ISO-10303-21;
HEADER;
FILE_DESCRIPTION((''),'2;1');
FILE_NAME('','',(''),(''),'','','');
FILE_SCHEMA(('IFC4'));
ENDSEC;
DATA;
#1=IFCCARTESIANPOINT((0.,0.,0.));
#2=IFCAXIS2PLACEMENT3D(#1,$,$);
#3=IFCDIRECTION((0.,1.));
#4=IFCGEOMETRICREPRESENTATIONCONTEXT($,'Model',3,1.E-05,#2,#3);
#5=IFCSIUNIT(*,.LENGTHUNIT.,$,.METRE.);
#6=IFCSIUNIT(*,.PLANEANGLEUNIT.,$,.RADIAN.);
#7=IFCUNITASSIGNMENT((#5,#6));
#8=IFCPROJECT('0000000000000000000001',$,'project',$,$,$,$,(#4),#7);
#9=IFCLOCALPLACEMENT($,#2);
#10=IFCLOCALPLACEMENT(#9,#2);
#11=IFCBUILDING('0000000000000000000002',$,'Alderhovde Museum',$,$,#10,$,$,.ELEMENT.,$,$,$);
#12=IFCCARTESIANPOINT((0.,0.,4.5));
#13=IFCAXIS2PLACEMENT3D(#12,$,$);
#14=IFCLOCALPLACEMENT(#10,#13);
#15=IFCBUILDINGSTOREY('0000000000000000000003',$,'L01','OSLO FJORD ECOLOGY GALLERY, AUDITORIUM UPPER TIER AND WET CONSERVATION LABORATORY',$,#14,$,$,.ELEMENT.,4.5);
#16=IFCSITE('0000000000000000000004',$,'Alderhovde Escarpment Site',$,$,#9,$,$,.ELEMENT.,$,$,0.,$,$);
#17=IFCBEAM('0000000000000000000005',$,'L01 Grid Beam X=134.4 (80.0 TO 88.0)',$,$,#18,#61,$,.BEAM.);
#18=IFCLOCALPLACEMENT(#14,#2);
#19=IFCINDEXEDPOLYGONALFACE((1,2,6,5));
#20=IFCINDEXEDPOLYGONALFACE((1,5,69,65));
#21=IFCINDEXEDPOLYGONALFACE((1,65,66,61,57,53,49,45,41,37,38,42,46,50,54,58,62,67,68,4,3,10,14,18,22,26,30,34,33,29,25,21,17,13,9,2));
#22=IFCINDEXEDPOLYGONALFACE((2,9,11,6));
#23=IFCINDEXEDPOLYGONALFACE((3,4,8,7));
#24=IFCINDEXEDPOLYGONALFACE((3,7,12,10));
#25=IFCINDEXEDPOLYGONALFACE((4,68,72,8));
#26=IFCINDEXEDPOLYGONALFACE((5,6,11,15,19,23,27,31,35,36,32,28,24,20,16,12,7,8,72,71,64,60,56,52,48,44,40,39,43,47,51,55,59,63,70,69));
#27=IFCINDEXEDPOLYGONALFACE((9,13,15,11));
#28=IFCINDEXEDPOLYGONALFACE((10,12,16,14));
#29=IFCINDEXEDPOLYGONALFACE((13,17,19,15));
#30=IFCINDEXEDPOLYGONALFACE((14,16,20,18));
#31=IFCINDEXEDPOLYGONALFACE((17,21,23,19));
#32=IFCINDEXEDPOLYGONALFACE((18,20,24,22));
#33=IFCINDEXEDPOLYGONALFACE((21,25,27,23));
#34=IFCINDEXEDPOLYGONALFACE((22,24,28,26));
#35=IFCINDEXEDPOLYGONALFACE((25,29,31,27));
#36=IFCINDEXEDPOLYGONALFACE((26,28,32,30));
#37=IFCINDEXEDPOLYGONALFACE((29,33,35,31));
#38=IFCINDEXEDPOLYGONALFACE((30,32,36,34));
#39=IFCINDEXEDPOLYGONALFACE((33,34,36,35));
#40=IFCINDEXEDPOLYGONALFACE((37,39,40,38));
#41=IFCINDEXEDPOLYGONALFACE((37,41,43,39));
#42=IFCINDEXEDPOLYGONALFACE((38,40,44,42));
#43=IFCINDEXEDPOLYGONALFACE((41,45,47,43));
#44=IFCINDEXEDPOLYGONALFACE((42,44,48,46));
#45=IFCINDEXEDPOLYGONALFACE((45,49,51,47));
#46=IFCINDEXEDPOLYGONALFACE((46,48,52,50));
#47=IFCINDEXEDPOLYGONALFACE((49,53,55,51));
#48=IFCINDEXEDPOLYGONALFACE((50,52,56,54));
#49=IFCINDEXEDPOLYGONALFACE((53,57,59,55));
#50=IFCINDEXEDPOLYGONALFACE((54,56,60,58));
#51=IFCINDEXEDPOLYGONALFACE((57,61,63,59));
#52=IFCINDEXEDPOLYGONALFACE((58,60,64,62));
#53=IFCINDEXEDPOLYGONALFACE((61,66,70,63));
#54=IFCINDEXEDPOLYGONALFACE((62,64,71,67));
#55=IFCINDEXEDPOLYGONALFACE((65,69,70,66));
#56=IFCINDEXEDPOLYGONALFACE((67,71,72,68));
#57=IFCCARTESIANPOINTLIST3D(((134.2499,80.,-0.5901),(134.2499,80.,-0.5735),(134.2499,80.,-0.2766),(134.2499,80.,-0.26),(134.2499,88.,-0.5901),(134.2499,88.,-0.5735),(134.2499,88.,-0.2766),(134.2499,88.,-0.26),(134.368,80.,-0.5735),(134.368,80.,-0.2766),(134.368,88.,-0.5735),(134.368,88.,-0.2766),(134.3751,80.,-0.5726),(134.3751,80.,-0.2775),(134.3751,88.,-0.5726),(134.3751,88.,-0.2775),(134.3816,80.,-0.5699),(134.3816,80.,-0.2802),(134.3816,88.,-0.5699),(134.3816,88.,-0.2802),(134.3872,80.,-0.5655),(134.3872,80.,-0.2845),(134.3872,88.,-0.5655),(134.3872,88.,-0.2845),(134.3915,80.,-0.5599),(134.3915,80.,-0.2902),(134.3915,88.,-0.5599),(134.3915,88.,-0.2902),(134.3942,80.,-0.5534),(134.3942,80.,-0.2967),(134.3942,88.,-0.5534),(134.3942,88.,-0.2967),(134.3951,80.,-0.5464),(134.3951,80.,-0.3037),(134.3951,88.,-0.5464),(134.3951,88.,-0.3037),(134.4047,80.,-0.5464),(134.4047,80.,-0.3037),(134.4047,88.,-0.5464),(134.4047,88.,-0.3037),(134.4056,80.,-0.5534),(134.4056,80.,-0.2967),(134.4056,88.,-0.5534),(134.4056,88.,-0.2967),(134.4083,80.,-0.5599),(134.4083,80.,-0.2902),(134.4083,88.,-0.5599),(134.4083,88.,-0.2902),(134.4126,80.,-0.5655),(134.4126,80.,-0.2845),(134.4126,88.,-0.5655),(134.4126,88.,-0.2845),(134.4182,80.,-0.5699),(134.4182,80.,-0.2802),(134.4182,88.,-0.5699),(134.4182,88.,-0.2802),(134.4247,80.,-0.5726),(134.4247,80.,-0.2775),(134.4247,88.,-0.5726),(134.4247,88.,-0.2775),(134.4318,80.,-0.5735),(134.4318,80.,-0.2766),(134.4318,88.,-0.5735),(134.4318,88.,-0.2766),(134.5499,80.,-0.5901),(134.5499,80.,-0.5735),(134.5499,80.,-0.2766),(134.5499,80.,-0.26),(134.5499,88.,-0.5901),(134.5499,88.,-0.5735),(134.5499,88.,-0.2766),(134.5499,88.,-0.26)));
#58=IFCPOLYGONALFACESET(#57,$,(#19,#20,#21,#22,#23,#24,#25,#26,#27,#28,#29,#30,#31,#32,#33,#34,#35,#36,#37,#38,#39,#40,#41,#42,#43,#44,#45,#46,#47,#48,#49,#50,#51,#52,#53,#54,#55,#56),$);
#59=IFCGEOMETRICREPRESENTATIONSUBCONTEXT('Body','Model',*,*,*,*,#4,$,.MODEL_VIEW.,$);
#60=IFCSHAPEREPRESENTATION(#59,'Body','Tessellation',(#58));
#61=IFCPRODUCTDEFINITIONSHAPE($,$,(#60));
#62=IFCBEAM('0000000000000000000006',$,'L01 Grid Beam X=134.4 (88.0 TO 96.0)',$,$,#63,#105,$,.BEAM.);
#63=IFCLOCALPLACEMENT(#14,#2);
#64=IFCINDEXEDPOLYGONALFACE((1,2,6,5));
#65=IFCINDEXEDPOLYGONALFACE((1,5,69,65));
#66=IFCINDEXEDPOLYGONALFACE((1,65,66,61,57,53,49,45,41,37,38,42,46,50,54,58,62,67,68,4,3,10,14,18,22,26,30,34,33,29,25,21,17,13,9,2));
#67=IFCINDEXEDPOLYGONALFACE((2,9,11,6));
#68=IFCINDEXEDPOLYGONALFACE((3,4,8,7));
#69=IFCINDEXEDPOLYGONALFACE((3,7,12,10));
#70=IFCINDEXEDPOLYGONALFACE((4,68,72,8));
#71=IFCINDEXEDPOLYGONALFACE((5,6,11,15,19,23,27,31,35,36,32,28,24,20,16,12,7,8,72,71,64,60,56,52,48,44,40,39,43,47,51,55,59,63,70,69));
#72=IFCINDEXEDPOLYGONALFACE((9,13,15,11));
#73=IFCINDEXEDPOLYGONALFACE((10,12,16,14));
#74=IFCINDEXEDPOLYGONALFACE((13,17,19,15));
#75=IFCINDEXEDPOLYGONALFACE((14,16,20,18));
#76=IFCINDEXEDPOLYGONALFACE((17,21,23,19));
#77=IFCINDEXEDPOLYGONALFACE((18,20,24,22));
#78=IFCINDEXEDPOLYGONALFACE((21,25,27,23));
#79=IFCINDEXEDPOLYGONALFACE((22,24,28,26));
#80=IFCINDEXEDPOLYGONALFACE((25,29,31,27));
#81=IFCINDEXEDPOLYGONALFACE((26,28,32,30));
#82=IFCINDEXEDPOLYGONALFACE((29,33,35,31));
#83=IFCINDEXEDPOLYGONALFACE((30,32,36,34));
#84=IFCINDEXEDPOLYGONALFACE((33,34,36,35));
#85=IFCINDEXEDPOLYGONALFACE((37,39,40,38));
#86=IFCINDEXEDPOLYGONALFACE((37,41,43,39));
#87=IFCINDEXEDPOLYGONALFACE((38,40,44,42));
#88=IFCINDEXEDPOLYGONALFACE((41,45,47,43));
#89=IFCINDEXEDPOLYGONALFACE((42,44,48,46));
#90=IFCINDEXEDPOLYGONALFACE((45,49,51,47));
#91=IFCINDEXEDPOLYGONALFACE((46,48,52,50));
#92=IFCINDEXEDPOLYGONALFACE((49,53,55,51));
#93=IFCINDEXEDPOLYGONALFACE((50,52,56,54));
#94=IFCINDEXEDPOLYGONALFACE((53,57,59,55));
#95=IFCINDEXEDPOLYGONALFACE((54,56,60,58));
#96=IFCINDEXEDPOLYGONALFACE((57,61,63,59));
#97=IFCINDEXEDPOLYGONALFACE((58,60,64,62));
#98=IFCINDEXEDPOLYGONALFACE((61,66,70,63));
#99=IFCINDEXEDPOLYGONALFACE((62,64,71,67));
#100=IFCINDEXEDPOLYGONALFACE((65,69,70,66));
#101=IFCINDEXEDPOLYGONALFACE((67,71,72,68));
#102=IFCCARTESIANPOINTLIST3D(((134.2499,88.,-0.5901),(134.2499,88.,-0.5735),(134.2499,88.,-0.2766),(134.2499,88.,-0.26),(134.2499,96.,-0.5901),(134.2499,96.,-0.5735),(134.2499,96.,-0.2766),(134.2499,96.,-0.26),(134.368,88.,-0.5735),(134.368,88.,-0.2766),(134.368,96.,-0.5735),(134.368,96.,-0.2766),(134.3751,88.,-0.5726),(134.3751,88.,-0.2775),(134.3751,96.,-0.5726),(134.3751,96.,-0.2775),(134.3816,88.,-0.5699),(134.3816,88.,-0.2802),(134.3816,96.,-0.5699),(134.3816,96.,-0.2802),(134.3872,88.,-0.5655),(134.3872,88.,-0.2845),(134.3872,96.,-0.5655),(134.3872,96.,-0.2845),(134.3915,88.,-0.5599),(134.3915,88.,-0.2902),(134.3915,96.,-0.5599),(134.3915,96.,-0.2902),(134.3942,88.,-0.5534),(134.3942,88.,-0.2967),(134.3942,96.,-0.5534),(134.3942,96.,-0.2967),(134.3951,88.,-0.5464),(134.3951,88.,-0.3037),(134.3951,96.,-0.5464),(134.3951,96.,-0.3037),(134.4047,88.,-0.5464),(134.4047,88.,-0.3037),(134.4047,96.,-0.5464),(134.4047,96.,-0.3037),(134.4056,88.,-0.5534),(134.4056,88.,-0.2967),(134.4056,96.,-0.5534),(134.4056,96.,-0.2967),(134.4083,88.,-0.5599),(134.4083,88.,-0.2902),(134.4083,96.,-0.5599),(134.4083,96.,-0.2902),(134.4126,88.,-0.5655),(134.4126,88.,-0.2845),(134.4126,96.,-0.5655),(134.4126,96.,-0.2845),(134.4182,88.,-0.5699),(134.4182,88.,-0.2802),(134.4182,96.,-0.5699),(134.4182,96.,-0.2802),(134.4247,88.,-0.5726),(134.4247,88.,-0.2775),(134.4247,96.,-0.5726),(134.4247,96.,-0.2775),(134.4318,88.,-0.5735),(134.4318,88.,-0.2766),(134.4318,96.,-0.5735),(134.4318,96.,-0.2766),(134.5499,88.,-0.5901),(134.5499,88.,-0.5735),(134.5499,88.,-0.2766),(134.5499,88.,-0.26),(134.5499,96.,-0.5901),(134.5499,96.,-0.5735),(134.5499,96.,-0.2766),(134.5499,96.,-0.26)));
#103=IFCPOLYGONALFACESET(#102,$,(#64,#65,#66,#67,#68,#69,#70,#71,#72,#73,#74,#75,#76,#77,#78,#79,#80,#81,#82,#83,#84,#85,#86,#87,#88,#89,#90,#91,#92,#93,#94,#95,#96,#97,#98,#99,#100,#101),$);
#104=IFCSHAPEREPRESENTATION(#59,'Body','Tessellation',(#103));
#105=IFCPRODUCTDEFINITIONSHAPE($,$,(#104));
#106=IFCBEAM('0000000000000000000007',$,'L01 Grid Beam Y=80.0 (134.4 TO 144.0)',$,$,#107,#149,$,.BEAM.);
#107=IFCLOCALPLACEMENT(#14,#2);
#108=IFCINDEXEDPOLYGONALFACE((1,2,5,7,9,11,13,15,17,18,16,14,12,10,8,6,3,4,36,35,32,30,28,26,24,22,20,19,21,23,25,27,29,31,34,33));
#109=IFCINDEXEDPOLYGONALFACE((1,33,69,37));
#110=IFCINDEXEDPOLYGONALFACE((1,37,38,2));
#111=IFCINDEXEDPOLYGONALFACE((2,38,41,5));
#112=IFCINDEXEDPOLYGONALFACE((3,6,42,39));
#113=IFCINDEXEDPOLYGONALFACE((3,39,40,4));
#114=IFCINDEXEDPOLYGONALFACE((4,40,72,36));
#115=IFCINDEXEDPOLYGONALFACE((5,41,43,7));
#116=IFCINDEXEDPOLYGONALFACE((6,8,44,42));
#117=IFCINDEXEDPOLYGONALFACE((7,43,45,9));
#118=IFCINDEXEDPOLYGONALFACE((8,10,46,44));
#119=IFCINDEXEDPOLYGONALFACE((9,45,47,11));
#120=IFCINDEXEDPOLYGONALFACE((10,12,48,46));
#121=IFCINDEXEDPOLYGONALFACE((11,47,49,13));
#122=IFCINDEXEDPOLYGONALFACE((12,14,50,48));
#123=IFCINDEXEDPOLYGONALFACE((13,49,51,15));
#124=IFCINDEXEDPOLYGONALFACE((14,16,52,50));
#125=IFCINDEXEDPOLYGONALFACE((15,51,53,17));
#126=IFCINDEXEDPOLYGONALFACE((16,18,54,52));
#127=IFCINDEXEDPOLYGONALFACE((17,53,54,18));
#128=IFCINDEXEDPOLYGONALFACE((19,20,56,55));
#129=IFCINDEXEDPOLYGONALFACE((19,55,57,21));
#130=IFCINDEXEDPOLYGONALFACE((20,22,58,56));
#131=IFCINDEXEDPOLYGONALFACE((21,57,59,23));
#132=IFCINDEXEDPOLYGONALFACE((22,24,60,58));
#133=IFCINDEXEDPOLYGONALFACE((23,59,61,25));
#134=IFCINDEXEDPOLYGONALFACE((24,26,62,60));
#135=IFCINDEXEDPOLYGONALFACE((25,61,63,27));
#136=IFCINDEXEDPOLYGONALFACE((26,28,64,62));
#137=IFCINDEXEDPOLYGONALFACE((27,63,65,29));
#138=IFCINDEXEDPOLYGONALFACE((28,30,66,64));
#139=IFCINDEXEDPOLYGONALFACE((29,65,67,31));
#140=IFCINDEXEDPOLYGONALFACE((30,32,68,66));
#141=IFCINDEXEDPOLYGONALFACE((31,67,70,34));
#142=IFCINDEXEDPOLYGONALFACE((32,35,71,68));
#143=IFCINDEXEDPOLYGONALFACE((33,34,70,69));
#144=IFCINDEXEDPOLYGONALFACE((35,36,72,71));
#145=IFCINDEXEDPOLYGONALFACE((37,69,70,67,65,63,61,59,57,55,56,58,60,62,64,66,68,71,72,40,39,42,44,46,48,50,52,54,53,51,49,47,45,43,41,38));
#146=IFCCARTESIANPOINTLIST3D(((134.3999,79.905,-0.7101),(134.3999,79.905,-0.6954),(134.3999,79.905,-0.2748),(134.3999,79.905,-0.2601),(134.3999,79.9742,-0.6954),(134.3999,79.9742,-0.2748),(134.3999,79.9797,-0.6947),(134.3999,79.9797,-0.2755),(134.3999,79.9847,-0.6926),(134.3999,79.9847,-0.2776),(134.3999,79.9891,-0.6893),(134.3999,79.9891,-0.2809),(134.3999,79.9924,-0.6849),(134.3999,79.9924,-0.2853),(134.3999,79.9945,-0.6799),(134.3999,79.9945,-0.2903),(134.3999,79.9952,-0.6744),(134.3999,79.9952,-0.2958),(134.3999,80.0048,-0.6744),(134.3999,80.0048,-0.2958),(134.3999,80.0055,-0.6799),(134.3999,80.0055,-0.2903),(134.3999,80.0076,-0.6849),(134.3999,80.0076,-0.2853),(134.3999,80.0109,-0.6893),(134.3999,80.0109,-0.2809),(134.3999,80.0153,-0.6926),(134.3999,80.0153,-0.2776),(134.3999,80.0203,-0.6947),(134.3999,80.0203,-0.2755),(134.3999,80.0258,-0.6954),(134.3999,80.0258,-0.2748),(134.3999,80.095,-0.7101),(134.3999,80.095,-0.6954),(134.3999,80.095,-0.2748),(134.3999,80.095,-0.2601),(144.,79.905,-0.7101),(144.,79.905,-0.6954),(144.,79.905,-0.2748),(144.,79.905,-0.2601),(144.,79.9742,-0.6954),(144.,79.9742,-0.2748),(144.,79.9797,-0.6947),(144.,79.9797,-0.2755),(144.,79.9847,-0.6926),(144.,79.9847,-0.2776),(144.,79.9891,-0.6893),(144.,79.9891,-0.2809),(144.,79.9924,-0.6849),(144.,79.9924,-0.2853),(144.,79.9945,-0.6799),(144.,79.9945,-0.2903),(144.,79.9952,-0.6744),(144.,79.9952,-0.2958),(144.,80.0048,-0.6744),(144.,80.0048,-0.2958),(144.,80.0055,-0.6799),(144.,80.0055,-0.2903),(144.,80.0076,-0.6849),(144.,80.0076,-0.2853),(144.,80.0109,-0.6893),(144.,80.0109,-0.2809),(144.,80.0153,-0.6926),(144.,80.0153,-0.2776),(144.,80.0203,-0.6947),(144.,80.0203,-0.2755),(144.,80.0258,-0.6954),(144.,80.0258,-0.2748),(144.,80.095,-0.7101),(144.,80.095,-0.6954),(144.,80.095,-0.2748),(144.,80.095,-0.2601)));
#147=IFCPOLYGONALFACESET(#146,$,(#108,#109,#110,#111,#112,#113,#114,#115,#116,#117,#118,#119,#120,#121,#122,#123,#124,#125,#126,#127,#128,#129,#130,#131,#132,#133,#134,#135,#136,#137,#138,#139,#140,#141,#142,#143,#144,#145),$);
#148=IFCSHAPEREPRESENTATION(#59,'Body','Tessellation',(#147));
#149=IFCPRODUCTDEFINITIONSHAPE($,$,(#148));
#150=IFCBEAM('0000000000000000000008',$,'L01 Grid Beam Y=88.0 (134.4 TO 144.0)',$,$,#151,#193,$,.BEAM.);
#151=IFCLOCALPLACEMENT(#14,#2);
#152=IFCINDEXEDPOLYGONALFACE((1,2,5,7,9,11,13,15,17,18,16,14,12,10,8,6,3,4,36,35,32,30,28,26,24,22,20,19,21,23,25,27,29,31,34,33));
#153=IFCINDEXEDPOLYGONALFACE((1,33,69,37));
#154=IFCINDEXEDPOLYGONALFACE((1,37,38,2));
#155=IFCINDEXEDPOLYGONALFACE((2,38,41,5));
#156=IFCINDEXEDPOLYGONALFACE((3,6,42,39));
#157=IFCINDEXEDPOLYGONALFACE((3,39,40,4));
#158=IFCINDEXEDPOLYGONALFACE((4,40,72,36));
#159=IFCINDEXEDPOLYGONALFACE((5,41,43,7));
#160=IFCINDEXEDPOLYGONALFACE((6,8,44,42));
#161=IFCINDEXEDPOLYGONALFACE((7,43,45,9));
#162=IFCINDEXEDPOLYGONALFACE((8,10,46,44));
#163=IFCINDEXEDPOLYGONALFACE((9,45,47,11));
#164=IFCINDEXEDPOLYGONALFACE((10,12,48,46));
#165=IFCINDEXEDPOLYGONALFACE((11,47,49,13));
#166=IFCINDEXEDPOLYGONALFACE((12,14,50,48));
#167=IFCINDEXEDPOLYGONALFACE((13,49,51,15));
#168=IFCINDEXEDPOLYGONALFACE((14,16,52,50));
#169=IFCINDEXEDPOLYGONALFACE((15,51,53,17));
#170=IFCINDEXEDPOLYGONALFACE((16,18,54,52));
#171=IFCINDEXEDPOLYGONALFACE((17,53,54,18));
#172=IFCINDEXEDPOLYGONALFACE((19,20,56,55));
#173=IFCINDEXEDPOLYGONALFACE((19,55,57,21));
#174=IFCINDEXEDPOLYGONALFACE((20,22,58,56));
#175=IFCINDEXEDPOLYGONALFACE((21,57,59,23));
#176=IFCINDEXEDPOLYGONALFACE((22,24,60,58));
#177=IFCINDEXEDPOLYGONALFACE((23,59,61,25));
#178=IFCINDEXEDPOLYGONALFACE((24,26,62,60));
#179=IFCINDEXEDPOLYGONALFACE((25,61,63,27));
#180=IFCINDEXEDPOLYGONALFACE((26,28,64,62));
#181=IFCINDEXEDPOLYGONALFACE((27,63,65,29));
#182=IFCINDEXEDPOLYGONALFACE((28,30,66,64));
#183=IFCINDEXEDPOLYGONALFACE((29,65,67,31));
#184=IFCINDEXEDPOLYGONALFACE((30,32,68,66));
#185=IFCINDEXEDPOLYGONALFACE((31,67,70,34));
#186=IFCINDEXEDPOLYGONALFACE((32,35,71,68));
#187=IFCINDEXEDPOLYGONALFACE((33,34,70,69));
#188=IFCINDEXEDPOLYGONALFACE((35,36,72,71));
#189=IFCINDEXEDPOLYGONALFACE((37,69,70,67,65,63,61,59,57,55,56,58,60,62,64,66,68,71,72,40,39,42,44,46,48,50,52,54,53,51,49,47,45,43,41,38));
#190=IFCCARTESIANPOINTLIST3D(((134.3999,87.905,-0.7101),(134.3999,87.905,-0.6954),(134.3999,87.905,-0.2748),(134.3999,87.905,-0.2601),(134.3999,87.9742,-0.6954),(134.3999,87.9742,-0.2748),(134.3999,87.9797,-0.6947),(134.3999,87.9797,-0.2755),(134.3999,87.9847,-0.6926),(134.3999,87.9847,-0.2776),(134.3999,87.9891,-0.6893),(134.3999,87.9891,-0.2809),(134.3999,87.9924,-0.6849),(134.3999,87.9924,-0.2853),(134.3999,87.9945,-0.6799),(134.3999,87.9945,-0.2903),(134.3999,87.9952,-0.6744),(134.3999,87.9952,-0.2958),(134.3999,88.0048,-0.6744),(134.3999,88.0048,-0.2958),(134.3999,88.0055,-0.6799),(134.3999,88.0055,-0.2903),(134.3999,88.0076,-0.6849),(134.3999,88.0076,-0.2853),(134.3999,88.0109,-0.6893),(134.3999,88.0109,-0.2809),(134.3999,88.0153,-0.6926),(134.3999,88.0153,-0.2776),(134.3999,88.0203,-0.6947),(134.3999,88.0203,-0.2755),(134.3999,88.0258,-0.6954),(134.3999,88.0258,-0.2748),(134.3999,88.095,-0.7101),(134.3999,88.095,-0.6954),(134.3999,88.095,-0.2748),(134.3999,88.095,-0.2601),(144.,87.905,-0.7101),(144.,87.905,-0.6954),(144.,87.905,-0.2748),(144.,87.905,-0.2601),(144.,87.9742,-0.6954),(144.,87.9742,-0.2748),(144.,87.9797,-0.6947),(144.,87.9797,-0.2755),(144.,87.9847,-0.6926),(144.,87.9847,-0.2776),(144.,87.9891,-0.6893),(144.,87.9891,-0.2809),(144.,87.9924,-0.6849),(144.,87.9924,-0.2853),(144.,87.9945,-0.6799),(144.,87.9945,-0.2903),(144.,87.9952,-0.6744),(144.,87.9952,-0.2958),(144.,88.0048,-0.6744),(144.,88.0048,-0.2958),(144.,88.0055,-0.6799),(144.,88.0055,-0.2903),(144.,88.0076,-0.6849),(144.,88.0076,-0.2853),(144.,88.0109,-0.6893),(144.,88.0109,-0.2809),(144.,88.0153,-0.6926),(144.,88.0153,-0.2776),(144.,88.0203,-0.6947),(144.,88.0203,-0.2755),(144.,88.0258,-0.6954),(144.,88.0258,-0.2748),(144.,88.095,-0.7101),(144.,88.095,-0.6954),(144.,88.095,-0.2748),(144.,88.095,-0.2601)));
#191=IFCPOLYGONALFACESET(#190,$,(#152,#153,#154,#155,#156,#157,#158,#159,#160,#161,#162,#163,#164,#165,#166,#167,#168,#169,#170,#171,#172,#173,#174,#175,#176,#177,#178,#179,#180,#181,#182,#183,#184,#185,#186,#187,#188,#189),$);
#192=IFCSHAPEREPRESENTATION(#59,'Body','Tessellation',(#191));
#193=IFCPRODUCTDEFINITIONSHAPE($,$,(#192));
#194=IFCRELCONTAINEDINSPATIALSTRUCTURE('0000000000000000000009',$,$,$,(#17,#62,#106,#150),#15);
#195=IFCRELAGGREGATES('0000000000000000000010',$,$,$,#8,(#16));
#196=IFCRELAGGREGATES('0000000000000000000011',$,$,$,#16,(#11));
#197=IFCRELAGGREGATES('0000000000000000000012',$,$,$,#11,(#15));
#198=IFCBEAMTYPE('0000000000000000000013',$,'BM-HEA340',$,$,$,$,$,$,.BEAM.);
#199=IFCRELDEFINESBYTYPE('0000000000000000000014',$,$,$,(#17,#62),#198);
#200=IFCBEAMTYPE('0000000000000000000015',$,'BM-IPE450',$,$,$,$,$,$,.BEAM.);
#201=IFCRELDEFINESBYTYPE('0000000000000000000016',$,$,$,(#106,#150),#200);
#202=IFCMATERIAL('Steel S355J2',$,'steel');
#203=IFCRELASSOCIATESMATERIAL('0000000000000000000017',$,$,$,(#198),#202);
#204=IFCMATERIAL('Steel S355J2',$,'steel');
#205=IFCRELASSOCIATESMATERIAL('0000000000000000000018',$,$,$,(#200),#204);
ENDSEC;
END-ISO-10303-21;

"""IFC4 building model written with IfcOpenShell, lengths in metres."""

from ifc_helpers import new_model, si_unit, direction, frame, origin, origin_2d, place, context, subcontext, project, spatial, i_section, extrude, material, material_profile, profile_set, type_object, element, save


model = new_model("IFC4")

# Units and contexts
model_context = context("Model", 3, precision=1e-05, world=origin(), true_north=direction((0.0, 1.0)))
body_context = subcontext(model_context, "Body", "Model", "MODEL_VIEW")
ifc_project = project(units=[si_unit("LENGTHUNIT", "METRE"), si_unit("PLANEANGLEUNIT", "RADIAN")], contexts=[model_context])

# Site, building, storey
site_placement = place(None, origin())
site = spatial("IfcSite", under=ifc_project, at=site_placement, Name="Alderhovde Escarpment Site", CompositionType="ELEMENT", RefElevation=0.0)
building_placement = place(site_placement, origin())
building = spatial("IfcBuilding", under=site, at=building_placement, Name="Alderhovde Museum", CompositionType="ELEMENT")
storey_placement = place(building_placement, frame((0.0, 0.0, 4.5)))
storey = spatial("IfcBuildingStorey", under=building, at=storey_placement, Name="L01", Description="OSLO FJORD ECOLOGY GALLERY, AUDITORIUM UPPER TIER AND WET CONSERVATION LABORATORY", CompositionType="ELEMENT", Elevation=4.5)

# Beams
ifc_material_1 = material(Name="Steel S355J2", Category="steel")
ifc_material_profile_1 = material_profile(ifc_material_1, i_section(OverallWidth=0.3, OverallDepth=0.3301, WebThickness=0.0095, FlangeThickness=0.0166, FilletRadius=0.0271, at=origin_2d()), Name="HEA 340")
ifc_profile_set_1 = profile_set([ifc_material_profile_1], Name="Steel S355J2")
beam_type_1 = type_object("IfcBeamType", Name="BM-HEA340", PredefinedType="BEAM", material=ifc_profile_set_1)
for number, where, z_axis, x_axis, name in (
    (1, (134.3999, 80.0, -0.425), (0.0, 1.0, 0.0), (-1.0, 0.0, 0.0), "L01 Grid Beam X=134.4 (80.0 TO 88.0)"),
    (2, (134.3999, 88.0, -0.425), (0.0, 1.0, 0.0), (-1.0, 0.0, 0.0), "L01 Grid Beam X=134.4 (88.0 TO 96.0)"),
):
    element("IfcBeam", number, at=place(storey_placement, frame(where, z_axis=z_axis, x_axis=x_axis)), inside=storey, type_object=beam_type_1, Name=name, PredefinedType="BEAM", context=body_context, shape_type="SweptSolid", body=[
        extrude(i_section(OverallWidth=0.3, OverallDepth=0.3301, WebThickness=0.0095, FlangeThickness=0.0166, FilletRadius=0.0271, at=origin_2d()), origin(), (0.0, 0.0, 1.0), 8.0),
    ])
ifc_material_2 = material(Name="Steel S355J2", Category="steel")
ifc_material_profile_2 = material_profile(ifc_material_2, i_section(OverallWidth=0.1899, OverallDepth=0.45, WebThickness=0.0095, FlangeThickness=0.0146, FilletRadius=0.021, at=origin_2d()), Name="IPE 450")
ifc_profile_set_2 = profile_set([ifc_material_profile_2], Name="Steel S355J2")
beam_type_2 = type_object("IfcBeamType", Name="BM-IPE450", PredefinedType="BEAM", material=ifc_profile_set_2)
for number, where, z_axis, x_axis, name in (
    (3, (134.3999, 80.0, -0.4851), (1.0, 0.0, 0.0), (0.0, 1.0, 0.0), "L01 Grid Beam Y=80.0 (134.4 TO 144.0)"),
    (4, (134.3999, 88.0, -0.4851), (1.0, 0.0, 0.0), (0.0, 1.0, 0.0), "L01 Grid Beam Y=88.0 (134.4 TO 144.0)"),
):
    element("IfcBeam", number, at=place(storey_placement, frame(where, z_axis=z_axis, x_axis=x_axis)), inside=storey, type_object=beam_type_2, Name=name, PredefinedType="BEAM", context=body_context, shape_type="SweptSolid", body=[
        extrude(i_section(OverallWidth=0.1899, OverallDepth=0.45, WebThickness=0.0095, FlangeThickness=0.0146, FilletRadius=0.021, at=origin_2d()), origin(), (0.0, 0.0, 1.0), 9.6001),
    ])

save(model, "model.ifc")
